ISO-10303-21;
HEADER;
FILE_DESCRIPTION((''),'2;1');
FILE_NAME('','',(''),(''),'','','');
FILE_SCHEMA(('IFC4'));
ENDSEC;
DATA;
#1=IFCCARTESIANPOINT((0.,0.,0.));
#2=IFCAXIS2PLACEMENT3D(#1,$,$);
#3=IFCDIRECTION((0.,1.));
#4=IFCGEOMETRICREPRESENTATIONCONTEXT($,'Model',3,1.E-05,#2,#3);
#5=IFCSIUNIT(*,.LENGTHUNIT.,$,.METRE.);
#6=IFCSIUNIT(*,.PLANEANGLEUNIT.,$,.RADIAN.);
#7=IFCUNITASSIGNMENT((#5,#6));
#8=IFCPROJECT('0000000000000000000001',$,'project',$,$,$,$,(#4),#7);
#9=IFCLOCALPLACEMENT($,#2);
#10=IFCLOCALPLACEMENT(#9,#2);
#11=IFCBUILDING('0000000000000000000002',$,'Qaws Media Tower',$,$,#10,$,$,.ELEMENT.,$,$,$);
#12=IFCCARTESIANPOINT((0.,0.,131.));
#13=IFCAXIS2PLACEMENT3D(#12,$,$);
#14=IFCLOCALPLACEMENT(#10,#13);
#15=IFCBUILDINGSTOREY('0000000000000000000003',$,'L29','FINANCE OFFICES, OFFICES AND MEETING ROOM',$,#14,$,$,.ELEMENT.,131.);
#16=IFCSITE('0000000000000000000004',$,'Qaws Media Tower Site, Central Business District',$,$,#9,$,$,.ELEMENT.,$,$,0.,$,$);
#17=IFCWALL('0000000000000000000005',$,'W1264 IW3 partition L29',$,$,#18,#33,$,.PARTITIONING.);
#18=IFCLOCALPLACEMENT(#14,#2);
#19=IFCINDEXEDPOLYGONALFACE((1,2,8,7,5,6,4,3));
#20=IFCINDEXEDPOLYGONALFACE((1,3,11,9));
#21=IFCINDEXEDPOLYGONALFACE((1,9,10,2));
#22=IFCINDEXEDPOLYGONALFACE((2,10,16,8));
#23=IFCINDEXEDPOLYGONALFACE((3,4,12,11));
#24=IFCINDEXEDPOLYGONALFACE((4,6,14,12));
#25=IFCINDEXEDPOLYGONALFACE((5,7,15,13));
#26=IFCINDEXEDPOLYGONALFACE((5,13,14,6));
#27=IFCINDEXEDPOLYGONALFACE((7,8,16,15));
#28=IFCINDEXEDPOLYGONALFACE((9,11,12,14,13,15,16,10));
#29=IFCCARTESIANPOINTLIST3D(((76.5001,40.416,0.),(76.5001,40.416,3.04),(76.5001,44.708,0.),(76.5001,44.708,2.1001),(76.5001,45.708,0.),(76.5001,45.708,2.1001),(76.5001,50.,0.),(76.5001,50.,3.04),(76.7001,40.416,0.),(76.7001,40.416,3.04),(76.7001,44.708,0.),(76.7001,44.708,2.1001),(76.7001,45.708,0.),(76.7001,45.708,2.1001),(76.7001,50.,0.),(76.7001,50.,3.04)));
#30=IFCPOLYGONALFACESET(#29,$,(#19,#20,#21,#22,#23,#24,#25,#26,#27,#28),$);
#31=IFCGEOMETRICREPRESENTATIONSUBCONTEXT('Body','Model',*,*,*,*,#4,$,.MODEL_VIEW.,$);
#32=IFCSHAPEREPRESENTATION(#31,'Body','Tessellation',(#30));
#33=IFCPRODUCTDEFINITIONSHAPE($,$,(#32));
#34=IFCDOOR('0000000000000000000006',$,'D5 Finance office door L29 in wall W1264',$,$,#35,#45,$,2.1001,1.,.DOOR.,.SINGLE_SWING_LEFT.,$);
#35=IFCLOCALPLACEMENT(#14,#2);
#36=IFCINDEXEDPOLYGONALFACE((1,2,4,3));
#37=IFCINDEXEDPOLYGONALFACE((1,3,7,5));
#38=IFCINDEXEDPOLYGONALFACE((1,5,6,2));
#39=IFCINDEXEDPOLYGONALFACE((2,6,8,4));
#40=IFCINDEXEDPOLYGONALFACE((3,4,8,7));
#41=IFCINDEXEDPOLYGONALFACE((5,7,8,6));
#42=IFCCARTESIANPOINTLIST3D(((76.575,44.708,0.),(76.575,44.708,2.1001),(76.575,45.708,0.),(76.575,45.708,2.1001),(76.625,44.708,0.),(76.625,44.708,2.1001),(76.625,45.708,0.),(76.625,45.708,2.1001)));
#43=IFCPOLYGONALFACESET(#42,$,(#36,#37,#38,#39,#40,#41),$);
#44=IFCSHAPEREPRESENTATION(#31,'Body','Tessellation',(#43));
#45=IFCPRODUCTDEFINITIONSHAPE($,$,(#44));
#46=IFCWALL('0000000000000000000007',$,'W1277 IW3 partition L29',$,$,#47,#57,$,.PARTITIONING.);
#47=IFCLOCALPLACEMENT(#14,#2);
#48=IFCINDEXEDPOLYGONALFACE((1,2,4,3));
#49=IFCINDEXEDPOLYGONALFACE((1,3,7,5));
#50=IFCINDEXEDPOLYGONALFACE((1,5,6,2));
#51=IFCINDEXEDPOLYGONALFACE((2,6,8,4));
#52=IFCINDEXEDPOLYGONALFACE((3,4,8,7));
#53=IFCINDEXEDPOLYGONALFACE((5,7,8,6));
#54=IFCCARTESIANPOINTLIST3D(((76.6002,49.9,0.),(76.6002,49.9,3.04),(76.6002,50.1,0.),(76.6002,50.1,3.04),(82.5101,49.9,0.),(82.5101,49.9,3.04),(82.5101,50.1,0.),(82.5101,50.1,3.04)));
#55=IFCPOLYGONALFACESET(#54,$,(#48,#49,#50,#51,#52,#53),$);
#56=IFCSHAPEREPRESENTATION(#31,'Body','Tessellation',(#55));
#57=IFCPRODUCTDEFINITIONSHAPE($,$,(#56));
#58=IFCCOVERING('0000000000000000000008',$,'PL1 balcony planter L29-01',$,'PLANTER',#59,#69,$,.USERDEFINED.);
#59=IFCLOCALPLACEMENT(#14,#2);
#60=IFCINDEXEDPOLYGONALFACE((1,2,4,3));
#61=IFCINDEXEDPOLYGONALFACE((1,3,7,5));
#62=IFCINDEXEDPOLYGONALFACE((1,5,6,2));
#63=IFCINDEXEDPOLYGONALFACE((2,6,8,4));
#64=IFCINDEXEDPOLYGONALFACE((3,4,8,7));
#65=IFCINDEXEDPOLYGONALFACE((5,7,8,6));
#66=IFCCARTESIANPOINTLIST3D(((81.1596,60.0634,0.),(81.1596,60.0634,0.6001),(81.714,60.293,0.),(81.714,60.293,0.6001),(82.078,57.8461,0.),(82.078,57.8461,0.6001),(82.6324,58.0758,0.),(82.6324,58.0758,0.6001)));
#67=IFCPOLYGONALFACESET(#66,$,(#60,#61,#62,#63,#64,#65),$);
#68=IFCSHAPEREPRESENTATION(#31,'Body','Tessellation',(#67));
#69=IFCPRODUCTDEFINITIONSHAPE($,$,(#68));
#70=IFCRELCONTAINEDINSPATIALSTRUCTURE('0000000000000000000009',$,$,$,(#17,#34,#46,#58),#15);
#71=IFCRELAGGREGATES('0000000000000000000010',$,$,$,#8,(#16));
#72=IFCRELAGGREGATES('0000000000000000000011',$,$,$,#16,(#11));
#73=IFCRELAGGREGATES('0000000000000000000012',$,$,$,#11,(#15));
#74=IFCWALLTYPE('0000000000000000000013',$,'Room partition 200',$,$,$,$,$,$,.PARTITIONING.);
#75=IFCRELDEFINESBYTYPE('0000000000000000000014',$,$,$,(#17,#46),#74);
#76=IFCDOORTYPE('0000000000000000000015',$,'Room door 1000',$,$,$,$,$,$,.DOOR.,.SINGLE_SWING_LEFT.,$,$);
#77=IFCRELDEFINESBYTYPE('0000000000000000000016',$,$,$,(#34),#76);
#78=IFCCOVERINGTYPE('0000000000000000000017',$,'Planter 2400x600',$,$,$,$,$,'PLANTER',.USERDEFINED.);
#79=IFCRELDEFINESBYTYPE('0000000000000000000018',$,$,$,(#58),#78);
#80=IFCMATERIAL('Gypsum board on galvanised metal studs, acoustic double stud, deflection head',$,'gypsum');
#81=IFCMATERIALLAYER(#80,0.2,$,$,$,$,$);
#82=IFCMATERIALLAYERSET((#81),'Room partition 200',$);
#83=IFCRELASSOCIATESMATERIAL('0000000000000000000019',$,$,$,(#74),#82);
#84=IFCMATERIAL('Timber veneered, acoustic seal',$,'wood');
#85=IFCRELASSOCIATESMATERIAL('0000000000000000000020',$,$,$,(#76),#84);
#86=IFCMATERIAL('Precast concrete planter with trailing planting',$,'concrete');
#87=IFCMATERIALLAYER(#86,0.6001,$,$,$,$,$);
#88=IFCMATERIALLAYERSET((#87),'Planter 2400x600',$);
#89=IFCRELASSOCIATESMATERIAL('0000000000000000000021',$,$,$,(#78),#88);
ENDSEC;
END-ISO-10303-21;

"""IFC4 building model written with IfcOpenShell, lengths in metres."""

from ifc_helpers import new_model, si_unit, direction, frame, frame_2d, origin, origin_2d, place, context, subcontext, project, spatial, rectangle, extrude, material, layer, layer_set, type_object, element, fill, save


model = new_model("IFC4")

# Units and contexts
model_context = context("Model", 3, precision=1e-05, world=origin(), true_north=direction((0.0, 1.0)))
body_context = subcontext(model_context, "Body", "Model", "MODEL_VIEW")
ifc_project = project(units=[si_unit("LENGTHUNIT", "METRE"), si_unit("PLANEANGLEUNIT", "RADIAN")], contexts=[model_context])

# Site, building, storey
site_placement = place(None, origin())
site = spatial("IfcSite", under=ifc_project, at=site_placement, Name="Qaws Media Tower Site, Central Business District", CompositionType="ELEMENT", RefElevation=0.0)
building_placement = place(site_placement, origin())
building = spatial("IfcBuilding", under=site, at=building_placement, Name="Qaws Media Tower", CompositionType="ELEMENT")
storey_placement = place(building_placement, frame((0.0, 0.0, 131.0)))
storey = spatial("IfcBuildingStorey", under=building, at=storey_placement, Name="L29", Description="FINANCE OFFICES, OFFICES AND MEETING ROOM", CompositionType="ELEMENT", Elevation=131.0)

# Shared definitions
ifc_material_1 = material(Name="Gypsum board on galvanised metal studs, acoustic double stud, deflection head", Category="gypsum")
ifc_layer_1 = layer(ifc_material_1, 0.2)
ifc_layer_set_1 = layer_set([ifc_layer_1], Name="Room partition 200")
wall_type_1 = type_object("IfcWallType", Name="Room partition 200", PredefinedType="PARTITIONING", material=ifc_layer_set_1)

# Wall, opening, door
wall_1_placement = place(storey_placement, frame((76.6001, 50.0, 0.0), z_axis=(0.0, 0.0, 1.0), x_axis=(0.0, -1.0, 0.0)))
wall_1 = element("IfcWall", 1, at=wall_1_placement, inside=storey, type_object=wall_type_1, Name="W1264 IW3 partition L29", PredefinedType="PARTITIONING", context=body_context, shape_type="SweptSolid", body=[
    extrude(rectangle(XDim=9.584, YDim=0.2, at=frame_2d((4.792, 0.0))), origin(), (0.0, 0.0, 1.0), 3.04),
])
opening_1_placement = place(wall_1_placement, frame((4.292, 0.0, 0.0)))
opening_1 = element("IfcOpeningElement", 2, at=opening_1_placement, cuts=wall_1, PredefinedType="OPENING", context=body_context, shape_type="SweptSolid", body=[
    extrude(rectangle(XDim=1.0, YDim=2.1001, at=frame_2d((0.5, 1.05))), frame((0.0, 0.1099, 0.0), z_axis=(0.0, -1.0, 0.0), x_axis=(1.0, 0.0, 0.0)), (0.0, 0.0, 1.0), 0.22),
])
ifc_material_2 = material(Name="Timber veneered, acoustic seal", Category="wood")
door_type_1 = type_object("IfcDoorType", Name="Room door 1000", OperationType="SINGLE_SWING_LEFT", PredefinedType="DOOR", material=ifc_material_2)
door_1_placement = place(opening_1_placement, origin())
door_1 = element("IfcDoor", 3, at=door_1_placement, inside=storey, type_object=door_type_1, Name="D5 Finance office door L29 in wall W1264", OperationType="SINGLE_SWING_LEFT", OverallHeight=2.1001, OverallWidth=1.0, PredefinedType="DOOR", context=body_context, shape_type="SweptSolid", body=[
    extrude(rectangle(XDim=1.0, YDim=2.1001, at=frame_2d((0.5, 1.05))), frame((0.0, 0.0249, 0.0), z_axis=(0.0, -1.0, 0.0), x_axis=(1.0, 0.0, 0.0)), (0.0, 0.0, 1.0), 0.05),
])
fill(opening_1, door_1)

# Wall
wall_2_placement = place(storey_placement, frame((76.6001, 50.0, 0.0), z_axis=(0.0, 0.0, 1.0), x_axis=(1.0, 0.0, 0.0)))
element("IfcWall", 4, at=wall_2_placement, inside=storey, type_object=wall_type_1, Name="W1277 IW3 partition L29", PredefinedType="PARTITIONING", context=body_context, shape_type="SweptSolid", body=[
    extrude(rectangle(XDim=5.9099, YDim=0.2, at=frame_2d((2.9551, 0.0))), origin(), (0.0, 0.0, 1.0), 3.04),
])

# Covering
ifc_material_3 = material(Name="Precast concrete planter with trailing planting", Category="concrete")
ifc_layer_2 = layer(ifc_material_3, 0.6001)
ifc_layer_set_2 = layer_set([ifc_layer_2], Name="Planter 2400x600")
covering_type = type_object("IfcCoveringType", Name="Planter 2400x600", ElementType="PLANTER", PredefinedType="USERDEFINED", material=ifc_layer_set_2)
covering_placement = place(storey_placement, frame((81.896, 59.0696, 0.0), z_axis=(0.0, 0.0, 1.0), x_axis=(-0.382683, 0.92388, 0.0)))
element("IfcCovering", 5, at=covering_placement, inside=storey, type_object=covering_type, Name="PL1 balcony planter L29-01", ObjectType="PLANTER", PredefinedType="USERDEFINED", context=body_context, shape_type="SweptSolid", body=[
    extrude(rectangle(XDim=2.3999, YDim=0.6001, at=origin_2d()), origin(), (0.0, 0.0, 1.0), 0.6001),
])

save(model, "model.ifc")
